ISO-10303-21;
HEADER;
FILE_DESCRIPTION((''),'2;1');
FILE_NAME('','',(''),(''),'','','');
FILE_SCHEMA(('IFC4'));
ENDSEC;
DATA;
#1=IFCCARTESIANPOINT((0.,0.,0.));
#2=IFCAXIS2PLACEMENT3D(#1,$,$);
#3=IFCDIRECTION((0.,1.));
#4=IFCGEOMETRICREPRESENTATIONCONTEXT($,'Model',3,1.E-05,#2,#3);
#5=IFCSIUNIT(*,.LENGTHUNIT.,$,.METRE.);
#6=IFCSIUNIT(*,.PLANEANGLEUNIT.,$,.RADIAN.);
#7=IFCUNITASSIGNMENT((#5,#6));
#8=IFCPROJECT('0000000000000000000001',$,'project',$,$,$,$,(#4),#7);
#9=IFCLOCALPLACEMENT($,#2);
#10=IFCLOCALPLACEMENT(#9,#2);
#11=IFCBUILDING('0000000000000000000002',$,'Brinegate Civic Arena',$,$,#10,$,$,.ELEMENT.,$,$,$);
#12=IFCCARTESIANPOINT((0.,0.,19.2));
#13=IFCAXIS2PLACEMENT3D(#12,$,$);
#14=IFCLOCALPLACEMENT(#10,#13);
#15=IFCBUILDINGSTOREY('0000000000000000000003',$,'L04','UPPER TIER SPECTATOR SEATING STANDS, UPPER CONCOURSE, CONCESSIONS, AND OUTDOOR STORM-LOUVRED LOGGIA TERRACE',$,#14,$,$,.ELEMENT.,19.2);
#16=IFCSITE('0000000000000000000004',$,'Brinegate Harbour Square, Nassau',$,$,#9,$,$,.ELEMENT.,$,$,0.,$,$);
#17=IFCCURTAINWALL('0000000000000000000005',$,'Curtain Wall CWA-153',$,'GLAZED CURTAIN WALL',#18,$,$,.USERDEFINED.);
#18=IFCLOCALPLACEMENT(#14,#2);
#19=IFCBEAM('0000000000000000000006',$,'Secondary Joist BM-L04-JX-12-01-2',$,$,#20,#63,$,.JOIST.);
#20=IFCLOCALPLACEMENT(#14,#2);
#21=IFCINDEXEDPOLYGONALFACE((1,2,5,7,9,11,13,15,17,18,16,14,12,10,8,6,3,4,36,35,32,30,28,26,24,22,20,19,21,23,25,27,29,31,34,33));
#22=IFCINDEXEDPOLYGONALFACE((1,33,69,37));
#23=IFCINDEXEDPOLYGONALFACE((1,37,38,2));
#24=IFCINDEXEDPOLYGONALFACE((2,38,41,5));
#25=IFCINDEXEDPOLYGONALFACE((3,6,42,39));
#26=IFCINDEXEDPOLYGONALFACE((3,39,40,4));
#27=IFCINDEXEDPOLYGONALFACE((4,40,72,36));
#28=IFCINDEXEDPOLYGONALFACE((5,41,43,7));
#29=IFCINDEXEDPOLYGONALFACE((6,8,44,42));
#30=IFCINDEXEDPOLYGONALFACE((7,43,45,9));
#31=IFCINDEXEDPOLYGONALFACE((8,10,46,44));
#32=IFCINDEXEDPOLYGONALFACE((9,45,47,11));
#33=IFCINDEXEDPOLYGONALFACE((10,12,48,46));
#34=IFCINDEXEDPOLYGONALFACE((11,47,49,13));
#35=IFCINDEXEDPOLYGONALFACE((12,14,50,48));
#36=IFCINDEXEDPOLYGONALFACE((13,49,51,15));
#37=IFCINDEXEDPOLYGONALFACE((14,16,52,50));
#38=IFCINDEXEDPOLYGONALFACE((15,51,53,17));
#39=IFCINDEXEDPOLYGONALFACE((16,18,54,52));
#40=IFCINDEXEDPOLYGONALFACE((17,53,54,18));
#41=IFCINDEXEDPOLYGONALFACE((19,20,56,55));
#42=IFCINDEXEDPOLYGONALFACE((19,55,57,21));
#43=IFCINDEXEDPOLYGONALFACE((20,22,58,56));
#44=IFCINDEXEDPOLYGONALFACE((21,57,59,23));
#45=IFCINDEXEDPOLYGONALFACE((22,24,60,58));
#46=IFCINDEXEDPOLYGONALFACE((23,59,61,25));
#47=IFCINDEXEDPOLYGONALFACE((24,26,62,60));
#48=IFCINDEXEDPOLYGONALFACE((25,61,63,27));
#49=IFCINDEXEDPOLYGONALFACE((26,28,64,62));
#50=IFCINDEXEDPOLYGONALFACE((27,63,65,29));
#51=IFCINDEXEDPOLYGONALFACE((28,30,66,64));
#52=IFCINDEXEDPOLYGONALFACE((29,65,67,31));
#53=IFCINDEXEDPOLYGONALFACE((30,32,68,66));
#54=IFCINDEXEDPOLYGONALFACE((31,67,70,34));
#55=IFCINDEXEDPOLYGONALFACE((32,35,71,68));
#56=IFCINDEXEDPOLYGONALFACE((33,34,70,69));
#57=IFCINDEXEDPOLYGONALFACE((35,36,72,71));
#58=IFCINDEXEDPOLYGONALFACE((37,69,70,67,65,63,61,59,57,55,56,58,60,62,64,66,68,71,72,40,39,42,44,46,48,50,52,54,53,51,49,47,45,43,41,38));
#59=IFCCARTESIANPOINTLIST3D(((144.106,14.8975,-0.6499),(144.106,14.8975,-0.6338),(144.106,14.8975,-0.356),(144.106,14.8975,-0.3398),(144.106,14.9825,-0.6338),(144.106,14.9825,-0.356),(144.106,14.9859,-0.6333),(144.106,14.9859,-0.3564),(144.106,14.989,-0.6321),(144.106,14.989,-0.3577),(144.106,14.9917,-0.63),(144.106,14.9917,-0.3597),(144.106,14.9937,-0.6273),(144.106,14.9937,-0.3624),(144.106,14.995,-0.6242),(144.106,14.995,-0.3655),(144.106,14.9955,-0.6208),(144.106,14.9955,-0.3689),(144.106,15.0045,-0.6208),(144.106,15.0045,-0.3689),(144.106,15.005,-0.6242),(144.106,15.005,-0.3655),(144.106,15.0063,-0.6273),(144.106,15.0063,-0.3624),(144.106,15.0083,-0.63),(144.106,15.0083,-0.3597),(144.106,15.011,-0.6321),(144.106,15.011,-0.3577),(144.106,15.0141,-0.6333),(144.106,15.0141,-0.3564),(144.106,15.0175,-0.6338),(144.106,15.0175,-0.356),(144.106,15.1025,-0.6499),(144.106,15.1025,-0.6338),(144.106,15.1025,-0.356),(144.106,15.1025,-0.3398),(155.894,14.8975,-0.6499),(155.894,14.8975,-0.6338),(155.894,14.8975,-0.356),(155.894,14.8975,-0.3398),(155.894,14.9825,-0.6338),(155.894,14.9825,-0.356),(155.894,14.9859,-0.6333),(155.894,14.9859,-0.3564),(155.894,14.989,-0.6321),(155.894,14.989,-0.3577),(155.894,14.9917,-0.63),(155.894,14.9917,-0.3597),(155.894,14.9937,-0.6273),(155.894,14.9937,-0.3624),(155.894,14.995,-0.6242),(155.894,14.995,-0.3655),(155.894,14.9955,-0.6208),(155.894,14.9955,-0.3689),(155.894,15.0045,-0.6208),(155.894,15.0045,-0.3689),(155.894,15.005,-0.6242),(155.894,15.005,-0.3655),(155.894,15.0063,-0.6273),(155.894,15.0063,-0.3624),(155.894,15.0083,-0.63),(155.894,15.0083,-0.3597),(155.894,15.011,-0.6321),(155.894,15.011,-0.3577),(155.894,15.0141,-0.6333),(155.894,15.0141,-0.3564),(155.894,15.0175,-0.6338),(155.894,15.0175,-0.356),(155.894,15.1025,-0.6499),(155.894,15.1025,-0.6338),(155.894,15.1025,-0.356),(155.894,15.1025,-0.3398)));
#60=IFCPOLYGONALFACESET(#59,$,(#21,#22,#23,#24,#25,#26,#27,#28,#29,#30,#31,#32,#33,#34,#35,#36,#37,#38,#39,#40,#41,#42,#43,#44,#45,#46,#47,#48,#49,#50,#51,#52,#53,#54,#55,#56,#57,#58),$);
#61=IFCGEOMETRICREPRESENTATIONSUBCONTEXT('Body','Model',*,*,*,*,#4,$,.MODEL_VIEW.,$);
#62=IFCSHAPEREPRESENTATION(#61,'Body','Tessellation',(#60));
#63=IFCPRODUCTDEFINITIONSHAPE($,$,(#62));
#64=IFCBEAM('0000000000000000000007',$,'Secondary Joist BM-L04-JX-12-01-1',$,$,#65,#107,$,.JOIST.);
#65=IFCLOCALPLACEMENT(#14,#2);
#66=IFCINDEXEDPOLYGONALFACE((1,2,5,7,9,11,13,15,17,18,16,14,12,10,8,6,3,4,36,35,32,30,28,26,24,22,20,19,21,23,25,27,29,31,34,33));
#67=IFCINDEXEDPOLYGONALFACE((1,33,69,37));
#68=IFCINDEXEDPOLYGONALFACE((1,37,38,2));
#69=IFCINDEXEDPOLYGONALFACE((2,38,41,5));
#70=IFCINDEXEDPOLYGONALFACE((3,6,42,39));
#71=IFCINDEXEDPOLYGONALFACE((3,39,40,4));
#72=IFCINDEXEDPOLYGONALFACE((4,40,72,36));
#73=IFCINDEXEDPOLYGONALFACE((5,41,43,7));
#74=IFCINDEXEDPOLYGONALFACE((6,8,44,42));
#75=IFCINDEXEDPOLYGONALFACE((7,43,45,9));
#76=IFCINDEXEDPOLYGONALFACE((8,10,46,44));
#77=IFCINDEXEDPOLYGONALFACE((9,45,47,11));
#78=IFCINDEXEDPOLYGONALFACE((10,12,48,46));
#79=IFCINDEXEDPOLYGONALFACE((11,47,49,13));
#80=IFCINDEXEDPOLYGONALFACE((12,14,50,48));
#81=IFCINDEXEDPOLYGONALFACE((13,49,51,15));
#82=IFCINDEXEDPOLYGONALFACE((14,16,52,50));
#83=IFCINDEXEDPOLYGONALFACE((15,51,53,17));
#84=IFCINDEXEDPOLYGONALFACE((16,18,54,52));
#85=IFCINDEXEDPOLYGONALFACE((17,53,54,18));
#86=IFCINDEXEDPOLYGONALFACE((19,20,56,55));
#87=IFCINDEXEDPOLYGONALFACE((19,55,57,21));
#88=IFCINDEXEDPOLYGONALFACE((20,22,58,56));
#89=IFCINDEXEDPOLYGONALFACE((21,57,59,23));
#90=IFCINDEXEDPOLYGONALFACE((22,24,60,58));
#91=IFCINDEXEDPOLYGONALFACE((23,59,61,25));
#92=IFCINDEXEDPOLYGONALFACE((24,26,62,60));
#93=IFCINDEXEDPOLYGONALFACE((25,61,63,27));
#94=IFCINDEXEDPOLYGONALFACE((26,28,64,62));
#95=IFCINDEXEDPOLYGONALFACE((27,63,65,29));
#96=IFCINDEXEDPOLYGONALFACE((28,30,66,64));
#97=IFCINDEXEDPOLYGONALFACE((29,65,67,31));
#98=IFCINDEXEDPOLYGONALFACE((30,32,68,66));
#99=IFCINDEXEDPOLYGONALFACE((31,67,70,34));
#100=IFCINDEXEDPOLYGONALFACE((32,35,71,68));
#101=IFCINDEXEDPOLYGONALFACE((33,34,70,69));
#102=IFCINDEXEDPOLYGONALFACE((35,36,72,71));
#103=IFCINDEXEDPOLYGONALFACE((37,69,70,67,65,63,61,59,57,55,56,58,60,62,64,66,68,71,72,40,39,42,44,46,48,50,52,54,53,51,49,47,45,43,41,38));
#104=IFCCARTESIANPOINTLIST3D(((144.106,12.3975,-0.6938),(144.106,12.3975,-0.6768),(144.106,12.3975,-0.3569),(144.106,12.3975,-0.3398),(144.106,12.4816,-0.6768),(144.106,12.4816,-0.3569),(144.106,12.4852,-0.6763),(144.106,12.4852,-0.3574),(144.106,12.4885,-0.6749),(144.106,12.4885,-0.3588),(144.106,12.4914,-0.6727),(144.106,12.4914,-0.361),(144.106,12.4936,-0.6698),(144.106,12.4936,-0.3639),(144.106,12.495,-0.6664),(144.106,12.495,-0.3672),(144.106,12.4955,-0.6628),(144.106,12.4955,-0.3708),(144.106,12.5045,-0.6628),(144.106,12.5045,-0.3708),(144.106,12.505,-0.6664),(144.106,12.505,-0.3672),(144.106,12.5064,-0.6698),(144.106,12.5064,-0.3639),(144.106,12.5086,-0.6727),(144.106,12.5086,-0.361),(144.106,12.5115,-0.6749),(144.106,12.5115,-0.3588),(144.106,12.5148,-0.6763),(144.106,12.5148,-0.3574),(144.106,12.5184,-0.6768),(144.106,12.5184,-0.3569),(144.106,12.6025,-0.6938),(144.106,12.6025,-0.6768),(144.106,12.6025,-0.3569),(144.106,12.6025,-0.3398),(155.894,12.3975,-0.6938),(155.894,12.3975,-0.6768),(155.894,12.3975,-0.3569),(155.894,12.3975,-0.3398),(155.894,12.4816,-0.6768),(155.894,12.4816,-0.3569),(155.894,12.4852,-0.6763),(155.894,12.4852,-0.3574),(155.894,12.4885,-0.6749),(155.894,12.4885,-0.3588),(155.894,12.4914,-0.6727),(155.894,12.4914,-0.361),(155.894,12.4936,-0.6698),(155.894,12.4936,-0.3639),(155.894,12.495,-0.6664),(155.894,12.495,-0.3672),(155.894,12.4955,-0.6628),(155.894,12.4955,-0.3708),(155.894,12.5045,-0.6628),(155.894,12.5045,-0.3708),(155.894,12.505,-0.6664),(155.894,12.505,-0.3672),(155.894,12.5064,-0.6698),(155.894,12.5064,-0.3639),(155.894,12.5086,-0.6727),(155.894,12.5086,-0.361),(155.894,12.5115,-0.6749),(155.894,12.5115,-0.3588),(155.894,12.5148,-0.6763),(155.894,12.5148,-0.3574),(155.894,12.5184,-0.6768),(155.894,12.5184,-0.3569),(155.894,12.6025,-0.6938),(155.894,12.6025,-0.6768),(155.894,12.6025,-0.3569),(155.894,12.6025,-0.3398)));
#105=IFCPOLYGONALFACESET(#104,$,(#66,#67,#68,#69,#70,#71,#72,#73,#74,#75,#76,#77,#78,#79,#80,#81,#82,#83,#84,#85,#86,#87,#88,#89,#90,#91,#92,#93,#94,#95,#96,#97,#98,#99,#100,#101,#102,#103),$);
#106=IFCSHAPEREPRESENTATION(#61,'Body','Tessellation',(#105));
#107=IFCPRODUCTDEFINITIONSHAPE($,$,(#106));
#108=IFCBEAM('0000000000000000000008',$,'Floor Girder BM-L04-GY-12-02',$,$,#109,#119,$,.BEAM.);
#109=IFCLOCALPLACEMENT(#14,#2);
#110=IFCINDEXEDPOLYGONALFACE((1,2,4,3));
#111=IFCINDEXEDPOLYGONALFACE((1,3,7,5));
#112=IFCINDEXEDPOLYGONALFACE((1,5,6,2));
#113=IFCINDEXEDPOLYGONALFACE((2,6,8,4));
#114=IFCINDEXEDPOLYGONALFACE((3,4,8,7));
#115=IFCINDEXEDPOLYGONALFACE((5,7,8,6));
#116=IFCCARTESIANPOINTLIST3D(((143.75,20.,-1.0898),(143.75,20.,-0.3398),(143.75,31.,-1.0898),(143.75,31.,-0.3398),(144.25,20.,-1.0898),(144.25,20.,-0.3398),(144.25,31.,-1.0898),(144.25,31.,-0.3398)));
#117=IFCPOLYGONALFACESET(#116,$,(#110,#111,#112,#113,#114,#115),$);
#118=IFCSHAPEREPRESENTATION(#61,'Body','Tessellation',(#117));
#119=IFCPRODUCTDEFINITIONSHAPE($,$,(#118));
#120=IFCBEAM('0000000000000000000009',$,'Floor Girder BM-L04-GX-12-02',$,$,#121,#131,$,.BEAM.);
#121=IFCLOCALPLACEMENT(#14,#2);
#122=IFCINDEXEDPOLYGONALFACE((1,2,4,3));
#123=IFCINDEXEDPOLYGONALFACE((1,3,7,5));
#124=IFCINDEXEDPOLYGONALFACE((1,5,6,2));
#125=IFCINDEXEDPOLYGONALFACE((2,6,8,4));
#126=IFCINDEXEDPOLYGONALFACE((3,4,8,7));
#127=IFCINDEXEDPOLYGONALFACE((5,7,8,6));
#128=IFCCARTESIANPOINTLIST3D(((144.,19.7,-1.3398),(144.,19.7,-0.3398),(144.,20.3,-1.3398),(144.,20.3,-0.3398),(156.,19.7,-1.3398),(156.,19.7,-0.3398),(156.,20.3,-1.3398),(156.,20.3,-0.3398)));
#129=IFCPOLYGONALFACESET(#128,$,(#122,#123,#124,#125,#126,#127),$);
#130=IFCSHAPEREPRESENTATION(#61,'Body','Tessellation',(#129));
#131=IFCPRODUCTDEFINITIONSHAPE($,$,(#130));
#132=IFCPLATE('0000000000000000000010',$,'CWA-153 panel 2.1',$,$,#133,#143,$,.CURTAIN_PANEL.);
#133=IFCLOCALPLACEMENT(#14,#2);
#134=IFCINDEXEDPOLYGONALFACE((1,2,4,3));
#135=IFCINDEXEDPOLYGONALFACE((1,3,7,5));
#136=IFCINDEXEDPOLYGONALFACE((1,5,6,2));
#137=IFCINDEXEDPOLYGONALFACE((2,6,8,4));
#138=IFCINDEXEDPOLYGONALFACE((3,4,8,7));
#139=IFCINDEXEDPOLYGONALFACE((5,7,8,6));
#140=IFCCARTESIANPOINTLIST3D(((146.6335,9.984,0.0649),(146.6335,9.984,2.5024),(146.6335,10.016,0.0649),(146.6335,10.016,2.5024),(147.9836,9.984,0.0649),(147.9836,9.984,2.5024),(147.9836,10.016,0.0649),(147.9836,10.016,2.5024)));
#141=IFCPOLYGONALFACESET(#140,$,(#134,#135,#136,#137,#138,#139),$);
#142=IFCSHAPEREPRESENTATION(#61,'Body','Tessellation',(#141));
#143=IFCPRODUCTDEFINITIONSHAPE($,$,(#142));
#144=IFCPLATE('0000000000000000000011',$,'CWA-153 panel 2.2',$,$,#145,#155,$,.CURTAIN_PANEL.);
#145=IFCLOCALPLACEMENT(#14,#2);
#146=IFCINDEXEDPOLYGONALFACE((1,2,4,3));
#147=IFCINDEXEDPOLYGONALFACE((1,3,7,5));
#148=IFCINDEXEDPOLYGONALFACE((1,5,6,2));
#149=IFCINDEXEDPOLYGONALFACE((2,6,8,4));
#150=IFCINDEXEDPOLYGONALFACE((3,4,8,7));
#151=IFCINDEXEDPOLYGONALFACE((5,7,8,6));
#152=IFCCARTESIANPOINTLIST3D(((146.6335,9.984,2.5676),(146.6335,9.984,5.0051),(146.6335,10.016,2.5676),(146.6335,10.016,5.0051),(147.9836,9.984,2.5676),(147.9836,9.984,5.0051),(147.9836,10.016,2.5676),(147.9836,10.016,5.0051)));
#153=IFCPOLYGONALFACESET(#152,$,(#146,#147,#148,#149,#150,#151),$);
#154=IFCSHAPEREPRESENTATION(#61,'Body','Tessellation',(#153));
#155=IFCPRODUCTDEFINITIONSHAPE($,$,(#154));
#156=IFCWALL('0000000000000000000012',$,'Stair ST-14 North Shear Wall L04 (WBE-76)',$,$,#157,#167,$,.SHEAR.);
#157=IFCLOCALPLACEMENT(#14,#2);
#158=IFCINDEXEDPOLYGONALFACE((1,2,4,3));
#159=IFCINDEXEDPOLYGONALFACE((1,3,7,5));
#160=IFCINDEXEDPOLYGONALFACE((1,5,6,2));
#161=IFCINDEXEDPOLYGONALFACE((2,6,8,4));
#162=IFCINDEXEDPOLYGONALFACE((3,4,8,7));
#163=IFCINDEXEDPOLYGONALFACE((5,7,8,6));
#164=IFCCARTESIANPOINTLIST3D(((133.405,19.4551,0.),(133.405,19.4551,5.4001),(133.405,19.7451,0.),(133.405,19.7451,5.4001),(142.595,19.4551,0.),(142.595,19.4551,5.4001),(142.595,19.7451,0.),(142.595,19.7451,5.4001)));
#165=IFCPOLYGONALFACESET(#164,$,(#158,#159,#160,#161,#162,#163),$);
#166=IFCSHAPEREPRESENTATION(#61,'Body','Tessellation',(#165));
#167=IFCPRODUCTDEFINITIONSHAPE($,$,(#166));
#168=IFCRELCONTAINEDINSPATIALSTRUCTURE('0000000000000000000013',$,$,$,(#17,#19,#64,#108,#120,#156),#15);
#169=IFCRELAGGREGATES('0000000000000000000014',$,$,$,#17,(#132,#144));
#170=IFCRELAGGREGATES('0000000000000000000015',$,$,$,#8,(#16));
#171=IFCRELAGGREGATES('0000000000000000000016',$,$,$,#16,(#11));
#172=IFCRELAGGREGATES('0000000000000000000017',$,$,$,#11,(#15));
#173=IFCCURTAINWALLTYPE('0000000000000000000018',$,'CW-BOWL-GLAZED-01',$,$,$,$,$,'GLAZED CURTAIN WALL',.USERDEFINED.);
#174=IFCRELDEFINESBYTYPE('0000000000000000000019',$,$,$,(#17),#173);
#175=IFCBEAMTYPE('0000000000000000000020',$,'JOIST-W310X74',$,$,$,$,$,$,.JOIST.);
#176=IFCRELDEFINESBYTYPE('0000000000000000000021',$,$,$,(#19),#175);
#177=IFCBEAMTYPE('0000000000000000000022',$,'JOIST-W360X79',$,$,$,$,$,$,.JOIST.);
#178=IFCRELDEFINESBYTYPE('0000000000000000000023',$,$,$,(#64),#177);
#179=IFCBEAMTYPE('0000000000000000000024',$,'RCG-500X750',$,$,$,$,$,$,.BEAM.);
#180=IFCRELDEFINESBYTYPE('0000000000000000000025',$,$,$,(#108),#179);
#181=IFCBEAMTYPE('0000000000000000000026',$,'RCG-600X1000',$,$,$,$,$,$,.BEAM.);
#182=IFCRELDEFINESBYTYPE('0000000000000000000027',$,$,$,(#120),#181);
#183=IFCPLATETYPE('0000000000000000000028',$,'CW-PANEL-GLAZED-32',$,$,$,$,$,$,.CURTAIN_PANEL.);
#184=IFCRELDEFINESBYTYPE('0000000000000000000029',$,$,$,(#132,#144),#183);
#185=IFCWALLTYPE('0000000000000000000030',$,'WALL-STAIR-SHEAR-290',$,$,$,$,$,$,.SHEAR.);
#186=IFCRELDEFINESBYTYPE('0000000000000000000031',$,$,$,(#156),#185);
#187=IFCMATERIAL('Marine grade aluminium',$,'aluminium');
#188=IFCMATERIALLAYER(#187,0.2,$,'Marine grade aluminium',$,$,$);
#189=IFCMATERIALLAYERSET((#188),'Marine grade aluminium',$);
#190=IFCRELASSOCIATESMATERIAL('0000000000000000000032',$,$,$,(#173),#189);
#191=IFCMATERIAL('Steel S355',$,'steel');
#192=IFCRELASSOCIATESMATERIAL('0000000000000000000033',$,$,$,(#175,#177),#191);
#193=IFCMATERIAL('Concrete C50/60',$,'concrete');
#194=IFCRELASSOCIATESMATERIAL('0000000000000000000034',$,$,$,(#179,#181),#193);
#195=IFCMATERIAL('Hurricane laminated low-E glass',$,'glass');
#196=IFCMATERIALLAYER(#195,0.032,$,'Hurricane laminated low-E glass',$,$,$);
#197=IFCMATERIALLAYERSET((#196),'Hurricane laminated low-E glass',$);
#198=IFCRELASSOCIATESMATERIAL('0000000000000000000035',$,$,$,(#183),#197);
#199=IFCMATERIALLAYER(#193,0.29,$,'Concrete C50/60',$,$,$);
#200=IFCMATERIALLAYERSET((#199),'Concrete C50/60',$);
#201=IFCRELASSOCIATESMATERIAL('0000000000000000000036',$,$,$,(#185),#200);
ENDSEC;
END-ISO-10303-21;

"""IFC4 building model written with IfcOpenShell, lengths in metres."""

from ifc_helpers import new_model, si_unit, direction, frame, frame_2d, origin, origin_2d, place, context, subcontext, project, spatial, rectangle, i_section, extrude, material, layer, layer_set, material_profile, profile_set, type_object, element, aggregate, save


model = new_model("IFC4")

# Units and contexts
model_context = context("Model", 3, precision=1e-05, world=origin(), true_north=direction((0.0, 1.0)))
body_context = subcontext(model_context, "Body", "Model", "MODEL_VIEW")
ifc_project = project(units=[si_unit("LENGTHUNIT", "METRE"), si_unit("PLANEANGLEUNIT", "RADIAN")], contexts=[model_context])

# Site, building, storey
site_placement = place(None, origin())
site = spatial("IfcSite", under=ifc_project, at=site_placement, Name="Brinegate Harbour Square, Nassau", CompositionType="ELEMENT", RefElevation=0.0)
building_placement = place(site_placement, origin())
building = spatial("IfcBuilding", under=site, at=building_placement, Name="Brinegate Civic Arena", CompositionType="ELEMENT")
storey_placement = place(building_placement, frame((0.0, 0.0, 19.2)))
storey = spatial("IfcBuildingStorey", under=building, at=storey_placement, Name="L04", Description="UPPER TIER SPECTATOR SEATING STANDS, UPPER CONCOURSE, CONCESSIONS, AND OUTDOOR STORM-LOUVRED LOGGIA TERRACE", CompositionType="ELEMENT", Elevation=19.2)

# Curtain wall
ifc_material_1 = material(Name="Marine grade aluminium", Category="aluminium")
ifc_layer_1 = layer(ifc_material_1, 0.2, Name="Marine grade aluminium")
ifc_layer_set_1 = layer_set([ifc_layer_1], Name="Marine grade aluminium")
curtain_wall_type = type_object("IfcCurtainWallType", Name="CW-BOWL-GLAZED-01", ElementType="GLAZED CURTAIN WALL", PredefinedType="USERDEFINED", material=ifc_layer_set_1)
curtain_wall_placement = place(storey_placement, origin())
curtain_wall = element("IfcCurtainWall", 1, at=curtain_wall_placement, inside=storey, type_object=curtain_wall_type, Name="Curtain Wall CWA-153", ObjectType="GLAZED CURTAIN WALL", PredefinedType="USERDEFINED")

# Beams
ifc_material_2 = material(Name="Steel S355", Category="steel")
ifc_material_profile_1 = material_profile(ifc_material_2, i_section(OverallWidth=0.2051, OverallDepth=0.3101, WebThickness=0.009, FlangeThickness=0.0161, FilletRadius=0.0129, at=origin_2d()), Name="W310X74")
ifc_profile_set_1 = profile_set([ifc_material_profile_1], Name="Steel S355")
beam_type_1 = type_object("IfcBeamType", Name="JOIST-W310X74", PredefinedType="JOIST", material=ifc_profile_set_1)
beam_1_placement = place(storey_placement, frame((144.106, 15.0, -0.4949), z_axis=(1.0, 0.0, 0.0), x_axis=(0.0, 1.0, 0.0)))
element("IfcBeam", 2, at=beam_1_placement, inside=storey, type_object=beam_type_1, Name="Secondary Joist BM-L04-JX-12-01-2", PredefinedType="JOIST", context=body_context, shape_type="SweptSolid", body=[
    extrude(i_section(OverallWidth=0.2051, OverallDepth=0.3101, WebThickness=0.009, FlangeThickness=0.0161, FilletRadius=0.0129, at=origin_2d()), origin(), (0.0, 0.0, 1.0), 11.7881),
])
ifc_material_profile_2 = material_profile(ifc_material_2, i_section(OverallWidth=0.2051, OverallDepth=0.354, WebThickness=0.009, FlangeThickness=0.0171, FilletRadius=0.0139, at=origin_2d()), Name="W360X79")
ifc_profile_set_2 = profile_set([ifc_material_profile_2], Name="Steel S355")
beam_type_2 = type_object("IfcBeamType", Name="JOIST-W360X79", PredefinedType="JOIST", material=ifc_profile_set_2)
beam_2_placement = place(storey_placement, frame((144.106, 12.5, -0.5168), z_axis=(1.0, 0.0, 0.0), x_axis=(0.0, 1.0, 0.0)))
element("IfcBeam", 3, at=beam_2_placement, inside=storey, type_object=beam_type_2, Name="Secondary Joist BM-L04-JX-12-01-1", PredefinedType="JOIST", context=body_context, shape_type="SweptSolid", body=[
    extrude(i_section(OverallWidth=0.2051, OverallDepth=0.354, WebThickness=0.009, FlangeThickness=0.0171, FilletRadius=0.0139, at=origin_2d()), origin(), (0.0, 0.0, 1.0), 11.7881),
])
ifc_material_3 = material(Name="Concrete C50/60", Category="concrete")
ifc_material_profile_3 = material_profile(ifc_material_3, rectangle(XDim=0.5, YDim=0.75, at=origin_2d()), Name="RCB500X750")
ifc_profile_set_3 = profile_set([ifc_material_profile_3], Name="Concrete C50/60")
beam_type_3 = type_object("IfcBeamType", Name="RCG-500X750", PredefinedType="BEAM", material=ifc_profile_set_3)
beam_3_placement = place(storey_placement, frame((144.0, 20.0, -0.7148), z_axis=(0.0, 1.0, 0.0), x_axis=(-1.0, 0.0, 0.0)))
element("IfcBeam", 4, at=beam_3_placement, inside=storey, type_object=beam_type_3, Name="Floor Girder BM-L04-GY-12-02", PredefinedType="BEAM", context=body_context, shape_type="SweptSolid", body=[
    extrude(rectangle(XDim=0.5, YDim=0.75, at=origin_2d()), origin(), (0.0, 0.0, 1.0), 11.0),
])
ifc_material_profile_4 = material_profile(ifc_material_3, rectangle(XDim=0.6001, YDim=1.0, at=origin_2d()), Name="RCB600X1000")
ifc_profile_set_4 = profile_set([ifc_material_profile_4], Name="Concrete C50/60")
beam_type_4 = type_object("IfcBeamType", Name="RCG-600X1000", PredefinedType="BEAM", material=ifc_profile_set_4)
beam_4_placement = place(storey_placement, frame((144.0, 20.0, -0.8398), z_axis=(1.0, 0.0, 0.0), x_axis=(0.0, 1.0, 0.0)))
element("IfcBeam", 5, at=beam_4_placement, inside=storey, type_object=beam_type_4, Name="Floor Girder BM-L04-GX-12-02", PredefinedType="BEAM", context=body_context, shape_type="SweptSolid", body=[
    extrude(rectangle(XDim=0.6001, YDim=1.0, at=origin_2d()), origin(), (0.0, 0.0, 1.0), 12.0),
])

# Plates
ifc_material_4 = material(Name="Hurricane laminated low-E glass", Category="glass")
ifc_layer_2 = layer(ifc_material_4, 0.032, Name="Hurricane laminated low-E glass")
ifc_layer_set_2 = layer_set([ifc_layer_2], Name="Hurricane laminated low-E glass")
plate_type = type_object("IfcPlateType", Name="CW-PANEL-GLAZED-32", PredefinedType="CURTAIN_PANEL", material=ifc_layer_set_2)
plate_1_placement = place(storey_placement, frame((147.3086, 10.0, 0.0649), z_axis=(0.0, 0.0, 1.0), x_axis=(1.0, 0.0, 0.0)))
plate_1 = element("IfcPlate", 6, at=plate_1_placement, type_object=plate_type, Name="CWA-153 panel 2.1", PredefinedType="CURTAIN_PANEL", context=body_context, shape_type="SweptSolid", body=[
    extrude(rectangle(XDim=1.3501, YDim=0.032, at=origin_2d()), origin(), (0.0, 0.0, 1.0), 2.4375),
])
plate_2_placement = place(storey_placement, frame((147.3086, 10.0, 2.5676), z_axis=(0.0, 0.0, 1.0), x_axis=(1.0, 0.0, 0.0)))
plate_2 = element("IfcPlate", 7, at=plate_2_placement, type_object=plate_type, Name="CWA-153 panel 2.2", PredefinedType="CURTAIN_PANEL", context=body_context, shape_type="SweptSolid", body=[
    extrude(rectangle(XDim=1.3501, YDim=0.032, at=origin_2d()), origin(), (0.0, 0.0, 1.0), 2.4375),
])
aggregate(curtain_wall, [plate_1, plate_2])

# Wall
ifc_layer_3 = layer(ifc_material_3, 0.29, Name="Concrete C50/60")
ifc_layer_set_3 = layer_set([ifc_layer_3], Name="Concrete C50/60")
wall_type = type_object("IfcWallType", Name="WALL-STAIR-SHEAR-290", PredefinedType="SHEAR", material=ifc_layer_set_3)
wall_1_placement = place(storey_placement, frame((133.405, 19.6001, 0.0), z_axis=(0.0, 0.0, 1.0), x_axis=(1.0, 0.0, 0.0)))
element("IfcWall", 8, at=wall_1_placement, inside=storey, type_object=wall_type, Name="Stair ST-14 North Shear Wall L04 (WBE-76)", PredefinedType="SHEAR", context=body_context, shape_type="SweptSolid", body=[
    extrude(rectangle(XDim=9.1899, YDim=0.29, at=frame_2d((4.595, 0.0))), origin(), (0.0, 0.0, 1.0), 5.4001),
])

save(model, "model.ifc")
